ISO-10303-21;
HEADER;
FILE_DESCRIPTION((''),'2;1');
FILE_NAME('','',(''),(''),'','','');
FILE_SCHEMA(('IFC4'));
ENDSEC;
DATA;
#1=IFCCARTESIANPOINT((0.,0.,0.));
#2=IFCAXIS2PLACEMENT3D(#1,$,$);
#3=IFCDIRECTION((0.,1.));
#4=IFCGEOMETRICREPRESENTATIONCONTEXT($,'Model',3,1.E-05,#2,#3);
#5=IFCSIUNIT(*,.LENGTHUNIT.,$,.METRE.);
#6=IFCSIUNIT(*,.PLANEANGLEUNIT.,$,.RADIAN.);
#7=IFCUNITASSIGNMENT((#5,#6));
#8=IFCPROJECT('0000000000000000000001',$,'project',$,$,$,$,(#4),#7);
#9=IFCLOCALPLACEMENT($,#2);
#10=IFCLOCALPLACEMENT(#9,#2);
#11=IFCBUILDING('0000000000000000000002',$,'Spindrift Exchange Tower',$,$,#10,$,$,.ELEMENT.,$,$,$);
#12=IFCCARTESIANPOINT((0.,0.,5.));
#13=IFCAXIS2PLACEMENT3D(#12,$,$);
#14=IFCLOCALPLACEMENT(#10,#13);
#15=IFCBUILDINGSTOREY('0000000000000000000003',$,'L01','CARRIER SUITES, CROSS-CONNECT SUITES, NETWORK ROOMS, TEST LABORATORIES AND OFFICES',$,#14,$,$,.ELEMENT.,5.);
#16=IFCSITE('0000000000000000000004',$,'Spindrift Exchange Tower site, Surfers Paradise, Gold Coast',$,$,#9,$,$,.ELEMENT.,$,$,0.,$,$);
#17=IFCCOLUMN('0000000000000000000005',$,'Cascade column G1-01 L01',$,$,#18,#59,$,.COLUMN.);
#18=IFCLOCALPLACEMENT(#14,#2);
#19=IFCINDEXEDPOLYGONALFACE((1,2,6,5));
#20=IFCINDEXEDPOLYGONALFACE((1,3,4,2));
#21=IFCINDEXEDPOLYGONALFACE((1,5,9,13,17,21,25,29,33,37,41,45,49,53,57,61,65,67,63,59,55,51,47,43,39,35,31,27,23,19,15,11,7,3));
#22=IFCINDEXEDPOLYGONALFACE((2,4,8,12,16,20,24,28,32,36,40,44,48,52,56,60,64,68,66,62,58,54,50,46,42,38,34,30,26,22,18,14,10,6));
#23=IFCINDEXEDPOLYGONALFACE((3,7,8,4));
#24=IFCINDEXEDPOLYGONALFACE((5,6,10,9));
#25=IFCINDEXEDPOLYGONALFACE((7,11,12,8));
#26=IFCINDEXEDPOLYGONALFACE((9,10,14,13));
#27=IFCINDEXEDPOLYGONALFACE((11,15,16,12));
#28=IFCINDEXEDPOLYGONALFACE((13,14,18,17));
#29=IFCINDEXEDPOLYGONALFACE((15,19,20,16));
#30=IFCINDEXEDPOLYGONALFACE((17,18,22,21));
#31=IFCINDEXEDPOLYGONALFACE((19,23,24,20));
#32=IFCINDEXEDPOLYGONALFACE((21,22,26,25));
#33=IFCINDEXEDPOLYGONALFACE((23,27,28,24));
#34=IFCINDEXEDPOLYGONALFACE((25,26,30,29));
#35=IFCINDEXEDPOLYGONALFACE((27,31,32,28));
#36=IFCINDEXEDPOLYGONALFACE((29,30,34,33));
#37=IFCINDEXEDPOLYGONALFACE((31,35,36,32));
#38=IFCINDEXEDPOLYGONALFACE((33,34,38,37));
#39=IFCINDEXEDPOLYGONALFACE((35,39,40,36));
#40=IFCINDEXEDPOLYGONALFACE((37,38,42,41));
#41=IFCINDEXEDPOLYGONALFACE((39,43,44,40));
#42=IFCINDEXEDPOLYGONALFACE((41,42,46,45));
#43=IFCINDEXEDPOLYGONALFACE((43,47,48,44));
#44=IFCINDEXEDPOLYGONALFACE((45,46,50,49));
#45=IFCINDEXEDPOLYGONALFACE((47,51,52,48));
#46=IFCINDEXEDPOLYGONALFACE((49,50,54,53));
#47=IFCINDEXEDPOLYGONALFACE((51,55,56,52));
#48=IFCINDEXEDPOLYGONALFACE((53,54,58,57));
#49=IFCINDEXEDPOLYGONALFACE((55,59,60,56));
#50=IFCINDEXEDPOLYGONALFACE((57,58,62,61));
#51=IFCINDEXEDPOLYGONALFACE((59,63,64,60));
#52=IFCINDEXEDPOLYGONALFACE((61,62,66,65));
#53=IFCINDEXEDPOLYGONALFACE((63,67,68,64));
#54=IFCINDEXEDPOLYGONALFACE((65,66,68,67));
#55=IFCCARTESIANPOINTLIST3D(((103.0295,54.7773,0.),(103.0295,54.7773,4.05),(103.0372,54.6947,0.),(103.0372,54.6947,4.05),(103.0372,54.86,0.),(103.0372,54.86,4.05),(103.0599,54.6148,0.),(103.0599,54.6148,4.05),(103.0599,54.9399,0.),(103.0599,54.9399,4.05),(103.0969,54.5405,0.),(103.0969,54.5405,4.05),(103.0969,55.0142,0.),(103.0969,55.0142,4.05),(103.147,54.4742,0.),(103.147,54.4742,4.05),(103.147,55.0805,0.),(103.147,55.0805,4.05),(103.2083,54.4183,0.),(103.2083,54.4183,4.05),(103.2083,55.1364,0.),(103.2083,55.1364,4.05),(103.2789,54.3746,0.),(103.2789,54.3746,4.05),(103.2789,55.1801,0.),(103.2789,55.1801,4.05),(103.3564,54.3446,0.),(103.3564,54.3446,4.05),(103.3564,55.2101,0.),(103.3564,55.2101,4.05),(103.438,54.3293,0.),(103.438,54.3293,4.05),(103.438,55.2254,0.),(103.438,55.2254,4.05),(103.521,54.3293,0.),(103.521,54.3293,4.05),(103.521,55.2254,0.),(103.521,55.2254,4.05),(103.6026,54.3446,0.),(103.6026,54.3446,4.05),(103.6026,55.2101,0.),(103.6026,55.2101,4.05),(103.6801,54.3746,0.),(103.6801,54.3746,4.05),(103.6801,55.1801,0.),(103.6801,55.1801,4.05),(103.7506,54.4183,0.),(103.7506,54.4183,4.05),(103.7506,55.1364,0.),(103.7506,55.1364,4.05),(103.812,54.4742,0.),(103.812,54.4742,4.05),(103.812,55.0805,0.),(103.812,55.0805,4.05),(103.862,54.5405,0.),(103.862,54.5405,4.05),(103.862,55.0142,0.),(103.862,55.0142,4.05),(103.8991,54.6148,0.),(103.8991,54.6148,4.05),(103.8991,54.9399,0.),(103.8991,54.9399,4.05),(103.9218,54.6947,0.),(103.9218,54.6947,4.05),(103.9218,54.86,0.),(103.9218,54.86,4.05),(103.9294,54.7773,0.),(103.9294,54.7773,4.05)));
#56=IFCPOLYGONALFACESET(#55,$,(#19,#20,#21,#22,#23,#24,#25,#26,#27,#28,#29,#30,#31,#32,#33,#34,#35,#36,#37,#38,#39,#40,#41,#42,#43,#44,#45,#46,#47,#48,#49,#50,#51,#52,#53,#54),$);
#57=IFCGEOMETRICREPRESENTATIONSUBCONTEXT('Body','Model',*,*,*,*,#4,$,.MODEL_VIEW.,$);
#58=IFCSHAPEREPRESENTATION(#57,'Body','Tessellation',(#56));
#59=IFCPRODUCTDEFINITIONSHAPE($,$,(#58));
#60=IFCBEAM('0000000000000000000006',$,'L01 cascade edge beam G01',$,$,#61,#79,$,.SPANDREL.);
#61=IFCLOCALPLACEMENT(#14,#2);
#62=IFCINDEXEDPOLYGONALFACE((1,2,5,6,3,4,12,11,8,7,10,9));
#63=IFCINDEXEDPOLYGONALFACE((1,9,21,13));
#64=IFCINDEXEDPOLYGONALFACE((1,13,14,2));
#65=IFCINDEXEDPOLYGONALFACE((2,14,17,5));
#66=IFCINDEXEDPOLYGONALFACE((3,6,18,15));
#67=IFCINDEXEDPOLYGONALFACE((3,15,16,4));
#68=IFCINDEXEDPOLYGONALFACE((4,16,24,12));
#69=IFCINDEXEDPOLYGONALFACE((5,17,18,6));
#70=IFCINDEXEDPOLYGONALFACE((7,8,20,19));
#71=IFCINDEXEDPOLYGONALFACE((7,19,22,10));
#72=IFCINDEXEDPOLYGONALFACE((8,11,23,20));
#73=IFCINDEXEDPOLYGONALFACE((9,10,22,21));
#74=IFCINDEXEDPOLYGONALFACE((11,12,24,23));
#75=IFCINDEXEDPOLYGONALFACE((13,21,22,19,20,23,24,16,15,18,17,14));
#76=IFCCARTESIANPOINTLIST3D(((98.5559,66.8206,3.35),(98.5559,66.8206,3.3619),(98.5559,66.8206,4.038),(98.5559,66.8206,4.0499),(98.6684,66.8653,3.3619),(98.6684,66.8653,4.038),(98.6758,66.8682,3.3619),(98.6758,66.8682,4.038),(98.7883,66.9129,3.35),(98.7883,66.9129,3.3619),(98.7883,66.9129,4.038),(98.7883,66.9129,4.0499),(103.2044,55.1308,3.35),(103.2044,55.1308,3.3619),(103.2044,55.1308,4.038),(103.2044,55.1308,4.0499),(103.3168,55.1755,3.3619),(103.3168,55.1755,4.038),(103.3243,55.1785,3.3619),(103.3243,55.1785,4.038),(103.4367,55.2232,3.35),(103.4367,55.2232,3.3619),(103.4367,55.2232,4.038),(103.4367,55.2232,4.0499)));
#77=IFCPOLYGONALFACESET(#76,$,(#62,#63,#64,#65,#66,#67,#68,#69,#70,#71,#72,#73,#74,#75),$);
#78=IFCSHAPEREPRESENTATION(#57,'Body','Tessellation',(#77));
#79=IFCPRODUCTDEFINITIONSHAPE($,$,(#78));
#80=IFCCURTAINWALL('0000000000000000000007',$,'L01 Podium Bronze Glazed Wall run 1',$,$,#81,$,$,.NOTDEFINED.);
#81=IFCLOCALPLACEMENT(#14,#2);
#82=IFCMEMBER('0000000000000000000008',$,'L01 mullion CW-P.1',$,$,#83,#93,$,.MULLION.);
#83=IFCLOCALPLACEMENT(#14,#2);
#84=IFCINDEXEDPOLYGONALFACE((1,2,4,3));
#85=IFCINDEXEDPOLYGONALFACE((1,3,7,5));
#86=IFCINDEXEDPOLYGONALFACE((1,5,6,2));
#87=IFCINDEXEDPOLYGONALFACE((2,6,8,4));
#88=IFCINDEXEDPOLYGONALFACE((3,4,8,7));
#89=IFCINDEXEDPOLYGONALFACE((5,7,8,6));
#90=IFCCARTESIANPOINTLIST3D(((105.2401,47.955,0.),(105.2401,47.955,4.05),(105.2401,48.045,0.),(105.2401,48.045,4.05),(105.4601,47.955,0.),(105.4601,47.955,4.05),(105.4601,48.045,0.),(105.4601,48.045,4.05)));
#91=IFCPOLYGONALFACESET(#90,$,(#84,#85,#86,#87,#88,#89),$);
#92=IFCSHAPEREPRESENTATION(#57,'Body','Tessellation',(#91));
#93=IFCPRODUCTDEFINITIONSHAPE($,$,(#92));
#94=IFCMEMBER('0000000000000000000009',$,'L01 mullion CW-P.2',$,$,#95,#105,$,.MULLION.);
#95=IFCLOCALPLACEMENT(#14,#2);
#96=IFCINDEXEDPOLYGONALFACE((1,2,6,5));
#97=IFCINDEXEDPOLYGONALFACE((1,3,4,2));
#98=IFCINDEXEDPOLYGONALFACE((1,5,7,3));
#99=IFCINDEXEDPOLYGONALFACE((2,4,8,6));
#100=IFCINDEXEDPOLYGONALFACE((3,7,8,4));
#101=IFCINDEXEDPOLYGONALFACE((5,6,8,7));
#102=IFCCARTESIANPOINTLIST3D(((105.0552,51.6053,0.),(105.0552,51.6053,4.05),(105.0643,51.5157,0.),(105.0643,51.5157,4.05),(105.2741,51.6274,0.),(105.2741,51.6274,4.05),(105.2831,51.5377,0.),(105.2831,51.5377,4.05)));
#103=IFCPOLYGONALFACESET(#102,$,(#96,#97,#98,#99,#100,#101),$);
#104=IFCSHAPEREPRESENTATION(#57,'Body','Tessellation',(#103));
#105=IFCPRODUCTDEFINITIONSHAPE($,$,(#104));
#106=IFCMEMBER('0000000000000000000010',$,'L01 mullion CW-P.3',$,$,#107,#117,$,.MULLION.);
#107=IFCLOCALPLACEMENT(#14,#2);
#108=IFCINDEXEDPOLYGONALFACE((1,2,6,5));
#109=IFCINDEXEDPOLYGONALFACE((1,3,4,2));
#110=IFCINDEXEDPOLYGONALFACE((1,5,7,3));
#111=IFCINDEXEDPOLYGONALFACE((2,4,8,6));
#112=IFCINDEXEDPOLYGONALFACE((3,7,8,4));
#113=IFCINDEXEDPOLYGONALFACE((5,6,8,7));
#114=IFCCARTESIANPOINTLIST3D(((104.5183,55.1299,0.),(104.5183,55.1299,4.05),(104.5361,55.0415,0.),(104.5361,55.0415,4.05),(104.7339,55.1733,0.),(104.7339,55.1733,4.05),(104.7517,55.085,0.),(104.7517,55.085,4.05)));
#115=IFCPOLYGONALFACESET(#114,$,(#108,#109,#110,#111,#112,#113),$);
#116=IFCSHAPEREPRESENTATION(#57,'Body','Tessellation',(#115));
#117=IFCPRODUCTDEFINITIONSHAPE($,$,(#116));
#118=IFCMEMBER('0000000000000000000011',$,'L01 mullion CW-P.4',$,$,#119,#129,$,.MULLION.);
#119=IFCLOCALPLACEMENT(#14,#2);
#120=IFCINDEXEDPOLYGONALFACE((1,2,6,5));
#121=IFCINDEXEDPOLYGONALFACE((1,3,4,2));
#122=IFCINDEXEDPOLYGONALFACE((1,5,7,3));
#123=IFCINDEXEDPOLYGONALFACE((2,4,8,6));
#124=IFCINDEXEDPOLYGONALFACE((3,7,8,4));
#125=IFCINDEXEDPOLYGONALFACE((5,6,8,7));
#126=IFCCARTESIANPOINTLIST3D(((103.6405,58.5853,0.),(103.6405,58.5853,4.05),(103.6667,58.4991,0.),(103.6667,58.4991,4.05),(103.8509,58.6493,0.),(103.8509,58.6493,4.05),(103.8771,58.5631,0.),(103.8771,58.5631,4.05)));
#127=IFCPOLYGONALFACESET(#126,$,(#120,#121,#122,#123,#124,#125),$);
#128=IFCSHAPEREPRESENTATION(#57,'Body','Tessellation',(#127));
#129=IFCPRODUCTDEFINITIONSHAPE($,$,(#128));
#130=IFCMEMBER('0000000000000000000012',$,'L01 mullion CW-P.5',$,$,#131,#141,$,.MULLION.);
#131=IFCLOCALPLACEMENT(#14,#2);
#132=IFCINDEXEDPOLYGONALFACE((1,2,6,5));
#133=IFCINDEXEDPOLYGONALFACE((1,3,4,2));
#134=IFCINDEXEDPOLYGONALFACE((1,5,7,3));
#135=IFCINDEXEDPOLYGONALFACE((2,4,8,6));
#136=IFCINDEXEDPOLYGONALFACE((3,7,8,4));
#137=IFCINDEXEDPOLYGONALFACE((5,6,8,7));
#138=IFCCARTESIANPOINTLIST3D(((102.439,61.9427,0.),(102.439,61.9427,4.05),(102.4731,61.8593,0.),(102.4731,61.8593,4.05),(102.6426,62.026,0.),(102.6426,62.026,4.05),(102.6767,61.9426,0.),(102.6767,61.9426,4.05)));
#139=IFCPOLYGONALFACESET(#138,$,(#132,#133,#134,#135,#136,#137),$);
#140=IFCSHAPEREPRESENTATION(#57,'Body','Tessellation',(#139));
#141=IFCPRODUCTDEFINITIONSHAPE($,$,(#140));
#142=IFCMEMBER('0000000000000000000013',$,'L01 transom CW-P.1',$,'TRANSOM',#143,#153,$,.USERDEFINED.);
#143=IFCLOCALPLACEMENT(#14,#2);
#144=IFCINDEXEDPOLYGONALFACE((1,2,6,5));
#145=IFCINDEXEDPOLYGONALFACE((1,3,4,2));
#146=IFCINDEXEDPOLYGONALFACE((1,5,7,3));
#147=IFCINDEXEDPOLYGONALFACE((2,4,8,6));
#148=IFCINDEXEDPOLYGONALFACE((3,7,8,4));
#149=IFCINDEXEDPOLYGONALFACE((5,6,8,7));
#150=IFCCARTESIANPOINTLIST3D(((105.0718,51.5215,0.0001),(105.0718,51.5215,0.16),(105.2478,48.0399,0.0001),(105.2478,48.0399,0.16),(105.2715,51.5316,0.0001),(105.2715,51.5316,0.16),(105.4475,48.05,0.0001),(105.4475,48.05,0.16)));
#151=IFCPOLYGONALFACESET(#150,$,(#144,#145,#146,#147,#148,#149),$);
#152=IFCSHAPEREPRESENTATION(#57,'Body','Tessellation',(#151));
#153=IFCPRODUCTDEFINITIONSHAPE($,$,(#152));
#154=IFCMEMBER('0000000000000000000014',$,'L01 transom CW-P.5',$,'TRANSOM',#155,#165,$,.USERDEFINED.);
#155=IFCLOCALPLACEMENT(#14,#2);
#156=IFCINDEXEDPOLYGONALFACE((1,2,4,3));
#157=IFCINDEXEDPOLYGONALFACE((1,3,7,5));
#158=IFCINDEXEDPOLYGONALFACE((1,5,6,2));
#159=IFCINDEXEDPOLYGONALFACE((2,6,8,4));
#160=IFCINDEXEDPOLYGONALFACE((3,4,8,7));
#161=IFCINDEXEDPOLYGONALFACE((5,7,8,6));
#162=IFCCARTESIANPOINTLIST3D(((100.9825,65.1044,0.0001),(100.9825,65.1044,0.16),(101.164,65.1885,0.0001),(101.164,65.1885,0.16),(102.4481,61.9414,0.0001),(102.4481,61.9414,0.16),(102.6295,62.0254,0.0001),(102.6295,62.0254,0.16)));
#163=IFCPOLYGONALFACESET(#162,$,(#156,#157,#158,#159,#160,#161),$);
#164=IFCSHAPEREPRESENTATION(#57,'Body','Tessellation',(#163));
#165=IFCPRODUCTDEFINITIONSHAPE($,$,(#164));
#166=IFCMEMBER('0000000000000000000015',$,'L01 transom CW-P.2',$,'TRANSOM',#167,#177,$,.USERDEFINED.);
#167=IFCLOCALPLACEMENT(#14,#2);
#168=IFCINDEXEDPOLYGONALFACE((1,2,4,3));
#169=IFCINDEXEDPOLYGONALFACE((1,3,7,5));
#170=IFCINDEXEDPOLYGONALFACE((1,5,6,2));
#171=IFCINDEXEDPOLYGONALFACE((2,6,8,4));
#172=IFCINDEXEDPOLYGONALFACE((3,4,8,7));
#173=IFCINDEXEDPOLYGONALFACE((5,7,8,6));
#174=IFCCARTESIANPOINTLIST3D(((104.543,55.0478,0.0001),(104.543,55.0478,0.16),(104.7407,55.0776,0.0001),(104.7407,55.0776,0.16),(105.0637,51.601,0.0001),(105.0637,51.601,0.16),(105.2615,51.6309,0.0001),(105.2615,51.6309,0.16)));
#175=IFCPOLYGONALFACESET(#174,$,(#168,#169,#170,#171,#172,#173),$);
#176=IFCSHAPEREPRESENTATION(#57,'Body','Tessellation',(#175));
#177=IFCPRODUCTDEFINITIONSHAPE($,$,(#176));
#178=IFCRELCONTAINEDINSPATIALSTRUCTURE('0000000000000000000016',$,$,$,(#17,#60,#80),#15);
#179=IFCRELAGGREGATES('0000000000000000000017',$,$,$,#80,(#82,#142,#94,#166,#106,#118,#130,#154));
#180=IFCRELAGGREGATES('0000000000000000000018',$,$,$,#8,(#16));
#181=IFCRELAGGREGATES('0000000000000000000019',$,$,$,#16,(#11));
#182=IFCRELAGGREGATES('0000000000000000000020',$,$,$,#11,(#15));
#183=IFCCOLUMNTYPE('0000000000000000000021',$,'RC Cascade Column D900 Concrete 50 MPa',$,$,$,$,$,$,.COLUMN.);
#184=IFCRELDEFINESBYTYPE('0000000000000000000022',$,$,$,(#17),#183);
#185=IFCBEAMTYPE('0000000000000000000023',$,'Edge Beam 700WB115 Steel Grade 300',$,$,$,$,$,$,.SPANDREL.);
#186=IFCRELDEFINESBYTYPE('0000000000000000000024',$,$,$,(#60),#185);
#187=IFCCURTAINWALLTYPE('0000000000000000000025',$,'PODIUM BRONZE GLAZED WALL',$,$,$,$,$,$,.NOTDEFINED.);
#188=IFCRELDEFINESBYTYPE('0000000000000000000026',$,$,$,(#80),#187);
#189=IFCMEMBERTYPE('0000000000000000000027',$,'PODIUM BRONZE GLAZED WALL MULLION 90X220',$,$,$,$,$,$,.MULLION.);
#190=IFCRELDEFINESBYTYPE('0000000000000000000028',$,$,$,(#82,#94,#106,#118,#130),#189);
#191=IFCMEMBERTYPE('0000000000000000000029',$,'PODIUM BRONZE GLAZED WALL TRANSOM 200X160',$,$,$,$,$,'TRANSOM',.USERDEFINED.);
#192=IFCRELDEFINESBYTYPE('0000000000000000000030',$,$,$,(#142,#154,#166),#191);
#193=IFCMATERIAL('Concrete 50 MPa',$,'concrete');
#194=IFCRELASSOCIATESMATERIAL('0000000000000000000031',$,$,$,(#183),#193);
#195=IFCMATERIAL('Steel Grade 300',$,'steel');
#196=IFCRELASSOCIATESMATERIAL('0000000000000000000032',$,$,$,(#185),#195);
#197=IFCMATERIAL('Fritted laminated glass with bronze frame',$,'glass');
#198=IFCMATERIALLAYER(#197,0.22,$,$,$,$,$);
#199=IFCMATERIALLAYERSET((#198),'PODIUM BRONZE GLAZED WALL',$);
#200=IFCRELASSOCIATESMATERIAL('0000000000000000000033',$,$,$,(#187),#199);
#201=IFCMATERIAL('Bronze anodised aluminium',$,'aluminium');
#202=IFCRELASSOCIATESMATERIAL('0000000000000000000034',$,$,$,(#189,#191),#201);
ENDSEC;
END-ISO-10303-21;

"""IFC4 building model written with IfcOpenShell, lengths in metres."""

from ifc_helpers import new_model, si_unit, direction, frame, origin, origin_2d, place, context, subcontext, project, spatial, rectangle, circle, i_section, extrude, source, transform, mapped, material, layer, layer_set, material_profile, profile_set, type_object, element, aggregate, save


model = new_model("IFC4")

# Units and contexts
model_context = context("Model", 3, precision=1e-05, world=origin(), true_north=direction((0.0, 1.0)))
body_context = subcontext(model_context, "Body", "Model", "MODEL_VIEW")
ifc_project = project(units=[si_unit("LENGTHUNIT", "METRE"), si_unit("PLANEANGLEUNIT", "RADIAN")], contexts=[model_context])

# Site, building, storey
site_placement = place(None, origin())
site = spatial("IfcSite", under=ifc_project, at=site_placement, Name="Spindrift Exchange Tower site, Surfers Paradise, Gold Coast", CompositionType="ELEMENT", RefElevation=0.0)
building_placement = place(site_placement, origin())
building = spatial("IfcBuilding", under=site, at=building_placement, Name="Spindrift Exchange Tower", CompositionType="ELEMENT")
storey_placement = place(building_placement, frame((0.0, 0.0, 5.0)))
storey = spatial("IfcBuildingStorey", under=building, at=storey_placement, Name="L01", Description="CARRIER SUITES, CROSS-CONNECT SUITES, NETWORK ROOMS, TEST LABORATORIES AND OFFICES", CompositionType="ELEMENT", Elevation=5.0)

# Column
ifc_material_1 = material(Name="Concrete 50 MPa", Category="concrete")
ifc_material_profile_1 = material_profile(ifc_material_1, circle(Radius=0.45, at=origin_2d()), Name="RC D900")
ifc_profile_set_1 = profile_set([ifc_material_profile_1], Name="Concrete 50 MPa")
column_type = type_object("IfcColumnType", Name="RC Cascade Column D900 Concrete 50 MPa", PredefinedType="COLUMN", material=ifc_profile_set_1)
shared_shape_1 = source(origin(), body_context, "Body", "SweptSolid", [
    extrude(circle(Radius=0.45, at=origin_2d()), origin(), (0.0, 0.0, 1.0), 4.05),
])
column_placement = place(storey_placement, frame((103.4795, 54.7773, 0.0), z_axis=(0.0, 0.0, 1.0), x_axis=(1.0, 0.0, 0.0)))
element("IfcColumn", 1, at=column_placement, inside=storey, type_object=column_type, Name="Cascade column G1-01 L01", PredefinedType="COLUMN", context=body_context, shape_type="MappedRepresentation", body=[
    mapped(shared_shape_1, transform((0.0, 0.0, 0.0), scale=1.0)),
])

# Beam
ifc_material_2 = material(Name="Steel Grade 300", Category="steel")
ifc_material_profile_2 = material_profile(ifc_material_2, i_section(OverallWidth=0.25, OverallDepth=0.7, WebThickness=0.0081, FlangeThickness=0.012, at=origin_2d()), Name="700WB115")
ifc_profile_set_2 = profile_set([ifc_material_profile_2], Name="Steel Grade 300")
beam_type = type_object("IfcBeamType", Name="Edge Beam 700WB115 Steel Grade 300", PredefinedType="SPANDREL", material=ifc_profile_set_2)
shared_shape_2 = source(origin(), body_context, "Body", "SweptSolid", [
    extrude(i_section(OverallWidth=0.25, OverallDepth=0.7, WebThickness=0.0081, FlangeThickness=0.012, at=origin_2d()), origin(), (0.0, 0.0, 1.0), 12.5801),
])
beam_placement = place(storey_placement, frame((103.3206, 55.177, 3.7), z_axis=(-0.369509, 0.929227, 0.0), x_axis=(-0.929227, -0.369509, 0.0)))
element("IfcBeam", 2, at=beam_placement, inside=storey, type_object=beam_type, Name="L01 cascade edge beam G01", PredefinedType="SPANDREL", context=body_context, shape_type="MappedRepresentation", body=[
    mapped(shared_shape_2, transform((0.0, 0.0, 0.0), scale=1.0)),
])

# Curtain wall, members
ifc_material_3 = material(Name="Fritted laminated glass with bronze frame", Category="glass")
ifc_layer_1 = layer(ifc_material_3, 0.22)
ifc_layer_set_1 = layer_set([ifc_layer_1], Name="PODIUM BRONZE GLAZED WALL")
curtain_wall_type = type_object("IfcCurtainWallType", Name="PODIUM BRONZE GLAZED WALL", PredefinedType="NOTDEFINED", material=ifc_layer_set_1)
curtain_wall_placement = place(storey_placement, origin())
curtain_wall = element("IfcCurtainWall", 3, at=curtain_wall_placement, inside=storey, type_object=curtain_wall_type, Name="L01 Podium Bronze Glazed Wall run 1", PredefinedType="NOTDEFINED")
ifc_material_4 = material(Name="Bronze anodised aluminium", Category="aluminium")
ifc_material_profile_3 = material_profile(ifc_material_4, rectangle(XDim=0.0901, YDim=0.22, at=origin_2d()), Name="PODIUM BRONZE GLAZED WALL MULLION 90X220")
ifc_profile_set_3 = profile_set([ifc_material_profile_3], Name="Bronze anodised aluminium")
member_type_1 = type_object("IfcMemberType", Name="PODIUM BRONZE GLAZED WALL MULLION 90X220", PredefinedType="MULLION", material=ifc_profile_set_3)
shared_shape_3 = source(origin(), body_context, "Body", "SweptSolid", [
    extrude(rectangle(XDim=0.0901, YDim=0.22, at=origin_2d()), origin(), (0.0, 0.0, 1.0), 4.05),
])
member_1_placement = place(storey_placement, frame((105.3501, 48.0, 0.0), z_axis=(0.0, 0.0, 1.0), x_axis=(0.0, 1.0, 0.0)))
member_1 = element("IfcMember", 4, at=member_1_placement, type_object=member_type_1, Name="L01 mullion CW-P.1", PredefinedType="MULLION", context=body_context, shape_type="MappedRepresentation", body=[
    mapped(shared_shape_3, transform((0.0, 0.0, 0.0), scale=1.0)),
])
member_2_placement = place(storey_placement, frame((105.1692, 51.5715, 0.0), z_axis=(0.0, 0.0, 1.0), x_axis=(-0.100096, 0.994978, 0.0)))
member_2 = element("IfcMember", 5, at=member_2_placement, type_object=member_type_1, Name="L01 mullion CW-P.2", PredefinedType="MULLION", context=body_context, shape_type="MappedRepresentation", body=[
    mapped(shared_shape_3, transform((0.0, 0.0, 0.0), scale=1.0)),
])
member_3_placement = place(storey_placement, frame((104.635, 55.1074, 0.0), z_axis=(0.0, 0.0, 1.0), x_axis=(-0.19747, 0.980309, 0.0)))
member_3 = element("IfcMember", 6, at=member_3_placement, type_object=member_type_1, Name="L01 mullion CW-P.3", PredefinedType="MULLION", context=body_context, shape_type="MappedRepresentation", body=[
    mapped(shared_shape_3, transform((0.0, 0.0, 0.0), scale=1.0)),
])
member_4_placement = place(storey_placement, frame((103.7588, 58.5742, 0.0), z_axis=(0.0, 0.0, 1.0), x_axis=(-0.290762, 0.956795, 0.0)))
member_4 = element("IfcMember", 7, at=member_4_placement, type_object=member_type_1, Name="L01 mullion CW-P.4", PredefinedType="MULLION", context=body_context, shape_type="MappedRepresentation", body=[
    mapped(shared_shape_3, transform((0.0, 0.0, 0.0), scale=1.0)),
])
member_5_placement = place(storey_placement, frame((102.5579, 61.9426, 0.0), z_axis=(0.0, 0.0, 1.0), x_axis=(-0.378512, 0.925596, 0.0)))
member_5 = element("IfcMember", 8, at=member_5_placement, type_object=member_type_1, Name="L01 mullion CW-P.5", PredefinedType="MULLION", context=body_context, shape_type="MappedRepresentation", body=[
    mapped(shared_shape_3, transform((0.0, 0.0, 0.0), scale=1.0)),
])
ifc_material_profile_4 = material_profile(ifc_material_4, rectangle(XDim=0.2, YDim=0.1599, at=origin_2d()), Name="PODIUM BRONZE GLAZED WALL TRANSOM 200X160")
ifc_profile_set_4 = profile_set([ifc_material_profile_4], Name="Bronze anodised aluminium")
member_type_2 = type_object("IfcMemberType", Name="PODIUM BRONZE GLAZED WALL TRANSOM 200X160", ElementType="TRANSOM", PredefinedType="USERDEFINED", material=ifc_profile_set_4)
shared_shape_4 = source(origin(), body_context, "Body", "SweptSolid", [
    extrude(rectangle(XDim=0.2, YDim=0.1599, at=origin_2d()), origin(), (0.0, 0.0, 1.0), 3.4861),
])
member_6_placement = place(storey_placement, frame((105.3477, 48.0449, 0.0801), z_axis=(-0.050493, 0.998724, 0.0), x_axis=(-0.998724, -0.050493, 0.0)))
member_6 = element("IfcMember", 9, at=member_6_placement, type_object=member_type_2, Name="L01 transom CW-P.1", ObjectType="TRANSOM", PredefinedType="USERDEFINED", context=body_context, shape_type="MappedRepresentation", body=[
    mapped(shared_shape_4, transform((0.0, 0.0, 0.0), scale=1.0)),
])
member_7_placement = place(storey_placement, frame((102.5388, 61.9834, 0.0801), z_axis=(-0.420403, 0.907337, 0.0), x_axis=(-0.907337, -0.420403, 0.0)))
member_7 = element("IfcMember", 10, at=member_7_placement, type_object=member_type_2, Name="L01 transom CW-P.5", ObjectType="TRANSOM", PredefinedType="USERDEFINED", context=body_context, shape_type="MappedRepresentation", body=[
    mapped(shared_shape_4, transform((0.0, 0.0, 0.0), scale=1.0)),
])
shared_shape_5 = source(origin(), body_context, "Body", "SweptSolid", [
    extrude(rectangle(XDim=0.2, YDim=0.1599, at=origin_2d()), origin(), (0.0, 0.0, 1.0), 3.4858),
])
member_8_placement = place(storey_placement, frame((105.1626, 51.616, 0.0801), z_axis=(-0.149388, 0.988779, 0.0), x_axis=(-0.988779, -0.149388, 0.0)))
member_8 = element("IfcMember", 11, at=member_8_placement, type_object=member_type_2, Name="L01 transom CW-P.2", ObjectType="TRANSOM", PredefinedType="USERDEFINED", context=body_context, shape_type="MappedRepresentation", body=[
    mapped(shared_shape_5, transform((0.0, 0.0, 0.0), scale=1.0)),
])
aggregate(curtain_wall, [member_1, member_6, member_2, member_8, member_3, member_4, member_5, member_7])

save(model, "model.ifc")
